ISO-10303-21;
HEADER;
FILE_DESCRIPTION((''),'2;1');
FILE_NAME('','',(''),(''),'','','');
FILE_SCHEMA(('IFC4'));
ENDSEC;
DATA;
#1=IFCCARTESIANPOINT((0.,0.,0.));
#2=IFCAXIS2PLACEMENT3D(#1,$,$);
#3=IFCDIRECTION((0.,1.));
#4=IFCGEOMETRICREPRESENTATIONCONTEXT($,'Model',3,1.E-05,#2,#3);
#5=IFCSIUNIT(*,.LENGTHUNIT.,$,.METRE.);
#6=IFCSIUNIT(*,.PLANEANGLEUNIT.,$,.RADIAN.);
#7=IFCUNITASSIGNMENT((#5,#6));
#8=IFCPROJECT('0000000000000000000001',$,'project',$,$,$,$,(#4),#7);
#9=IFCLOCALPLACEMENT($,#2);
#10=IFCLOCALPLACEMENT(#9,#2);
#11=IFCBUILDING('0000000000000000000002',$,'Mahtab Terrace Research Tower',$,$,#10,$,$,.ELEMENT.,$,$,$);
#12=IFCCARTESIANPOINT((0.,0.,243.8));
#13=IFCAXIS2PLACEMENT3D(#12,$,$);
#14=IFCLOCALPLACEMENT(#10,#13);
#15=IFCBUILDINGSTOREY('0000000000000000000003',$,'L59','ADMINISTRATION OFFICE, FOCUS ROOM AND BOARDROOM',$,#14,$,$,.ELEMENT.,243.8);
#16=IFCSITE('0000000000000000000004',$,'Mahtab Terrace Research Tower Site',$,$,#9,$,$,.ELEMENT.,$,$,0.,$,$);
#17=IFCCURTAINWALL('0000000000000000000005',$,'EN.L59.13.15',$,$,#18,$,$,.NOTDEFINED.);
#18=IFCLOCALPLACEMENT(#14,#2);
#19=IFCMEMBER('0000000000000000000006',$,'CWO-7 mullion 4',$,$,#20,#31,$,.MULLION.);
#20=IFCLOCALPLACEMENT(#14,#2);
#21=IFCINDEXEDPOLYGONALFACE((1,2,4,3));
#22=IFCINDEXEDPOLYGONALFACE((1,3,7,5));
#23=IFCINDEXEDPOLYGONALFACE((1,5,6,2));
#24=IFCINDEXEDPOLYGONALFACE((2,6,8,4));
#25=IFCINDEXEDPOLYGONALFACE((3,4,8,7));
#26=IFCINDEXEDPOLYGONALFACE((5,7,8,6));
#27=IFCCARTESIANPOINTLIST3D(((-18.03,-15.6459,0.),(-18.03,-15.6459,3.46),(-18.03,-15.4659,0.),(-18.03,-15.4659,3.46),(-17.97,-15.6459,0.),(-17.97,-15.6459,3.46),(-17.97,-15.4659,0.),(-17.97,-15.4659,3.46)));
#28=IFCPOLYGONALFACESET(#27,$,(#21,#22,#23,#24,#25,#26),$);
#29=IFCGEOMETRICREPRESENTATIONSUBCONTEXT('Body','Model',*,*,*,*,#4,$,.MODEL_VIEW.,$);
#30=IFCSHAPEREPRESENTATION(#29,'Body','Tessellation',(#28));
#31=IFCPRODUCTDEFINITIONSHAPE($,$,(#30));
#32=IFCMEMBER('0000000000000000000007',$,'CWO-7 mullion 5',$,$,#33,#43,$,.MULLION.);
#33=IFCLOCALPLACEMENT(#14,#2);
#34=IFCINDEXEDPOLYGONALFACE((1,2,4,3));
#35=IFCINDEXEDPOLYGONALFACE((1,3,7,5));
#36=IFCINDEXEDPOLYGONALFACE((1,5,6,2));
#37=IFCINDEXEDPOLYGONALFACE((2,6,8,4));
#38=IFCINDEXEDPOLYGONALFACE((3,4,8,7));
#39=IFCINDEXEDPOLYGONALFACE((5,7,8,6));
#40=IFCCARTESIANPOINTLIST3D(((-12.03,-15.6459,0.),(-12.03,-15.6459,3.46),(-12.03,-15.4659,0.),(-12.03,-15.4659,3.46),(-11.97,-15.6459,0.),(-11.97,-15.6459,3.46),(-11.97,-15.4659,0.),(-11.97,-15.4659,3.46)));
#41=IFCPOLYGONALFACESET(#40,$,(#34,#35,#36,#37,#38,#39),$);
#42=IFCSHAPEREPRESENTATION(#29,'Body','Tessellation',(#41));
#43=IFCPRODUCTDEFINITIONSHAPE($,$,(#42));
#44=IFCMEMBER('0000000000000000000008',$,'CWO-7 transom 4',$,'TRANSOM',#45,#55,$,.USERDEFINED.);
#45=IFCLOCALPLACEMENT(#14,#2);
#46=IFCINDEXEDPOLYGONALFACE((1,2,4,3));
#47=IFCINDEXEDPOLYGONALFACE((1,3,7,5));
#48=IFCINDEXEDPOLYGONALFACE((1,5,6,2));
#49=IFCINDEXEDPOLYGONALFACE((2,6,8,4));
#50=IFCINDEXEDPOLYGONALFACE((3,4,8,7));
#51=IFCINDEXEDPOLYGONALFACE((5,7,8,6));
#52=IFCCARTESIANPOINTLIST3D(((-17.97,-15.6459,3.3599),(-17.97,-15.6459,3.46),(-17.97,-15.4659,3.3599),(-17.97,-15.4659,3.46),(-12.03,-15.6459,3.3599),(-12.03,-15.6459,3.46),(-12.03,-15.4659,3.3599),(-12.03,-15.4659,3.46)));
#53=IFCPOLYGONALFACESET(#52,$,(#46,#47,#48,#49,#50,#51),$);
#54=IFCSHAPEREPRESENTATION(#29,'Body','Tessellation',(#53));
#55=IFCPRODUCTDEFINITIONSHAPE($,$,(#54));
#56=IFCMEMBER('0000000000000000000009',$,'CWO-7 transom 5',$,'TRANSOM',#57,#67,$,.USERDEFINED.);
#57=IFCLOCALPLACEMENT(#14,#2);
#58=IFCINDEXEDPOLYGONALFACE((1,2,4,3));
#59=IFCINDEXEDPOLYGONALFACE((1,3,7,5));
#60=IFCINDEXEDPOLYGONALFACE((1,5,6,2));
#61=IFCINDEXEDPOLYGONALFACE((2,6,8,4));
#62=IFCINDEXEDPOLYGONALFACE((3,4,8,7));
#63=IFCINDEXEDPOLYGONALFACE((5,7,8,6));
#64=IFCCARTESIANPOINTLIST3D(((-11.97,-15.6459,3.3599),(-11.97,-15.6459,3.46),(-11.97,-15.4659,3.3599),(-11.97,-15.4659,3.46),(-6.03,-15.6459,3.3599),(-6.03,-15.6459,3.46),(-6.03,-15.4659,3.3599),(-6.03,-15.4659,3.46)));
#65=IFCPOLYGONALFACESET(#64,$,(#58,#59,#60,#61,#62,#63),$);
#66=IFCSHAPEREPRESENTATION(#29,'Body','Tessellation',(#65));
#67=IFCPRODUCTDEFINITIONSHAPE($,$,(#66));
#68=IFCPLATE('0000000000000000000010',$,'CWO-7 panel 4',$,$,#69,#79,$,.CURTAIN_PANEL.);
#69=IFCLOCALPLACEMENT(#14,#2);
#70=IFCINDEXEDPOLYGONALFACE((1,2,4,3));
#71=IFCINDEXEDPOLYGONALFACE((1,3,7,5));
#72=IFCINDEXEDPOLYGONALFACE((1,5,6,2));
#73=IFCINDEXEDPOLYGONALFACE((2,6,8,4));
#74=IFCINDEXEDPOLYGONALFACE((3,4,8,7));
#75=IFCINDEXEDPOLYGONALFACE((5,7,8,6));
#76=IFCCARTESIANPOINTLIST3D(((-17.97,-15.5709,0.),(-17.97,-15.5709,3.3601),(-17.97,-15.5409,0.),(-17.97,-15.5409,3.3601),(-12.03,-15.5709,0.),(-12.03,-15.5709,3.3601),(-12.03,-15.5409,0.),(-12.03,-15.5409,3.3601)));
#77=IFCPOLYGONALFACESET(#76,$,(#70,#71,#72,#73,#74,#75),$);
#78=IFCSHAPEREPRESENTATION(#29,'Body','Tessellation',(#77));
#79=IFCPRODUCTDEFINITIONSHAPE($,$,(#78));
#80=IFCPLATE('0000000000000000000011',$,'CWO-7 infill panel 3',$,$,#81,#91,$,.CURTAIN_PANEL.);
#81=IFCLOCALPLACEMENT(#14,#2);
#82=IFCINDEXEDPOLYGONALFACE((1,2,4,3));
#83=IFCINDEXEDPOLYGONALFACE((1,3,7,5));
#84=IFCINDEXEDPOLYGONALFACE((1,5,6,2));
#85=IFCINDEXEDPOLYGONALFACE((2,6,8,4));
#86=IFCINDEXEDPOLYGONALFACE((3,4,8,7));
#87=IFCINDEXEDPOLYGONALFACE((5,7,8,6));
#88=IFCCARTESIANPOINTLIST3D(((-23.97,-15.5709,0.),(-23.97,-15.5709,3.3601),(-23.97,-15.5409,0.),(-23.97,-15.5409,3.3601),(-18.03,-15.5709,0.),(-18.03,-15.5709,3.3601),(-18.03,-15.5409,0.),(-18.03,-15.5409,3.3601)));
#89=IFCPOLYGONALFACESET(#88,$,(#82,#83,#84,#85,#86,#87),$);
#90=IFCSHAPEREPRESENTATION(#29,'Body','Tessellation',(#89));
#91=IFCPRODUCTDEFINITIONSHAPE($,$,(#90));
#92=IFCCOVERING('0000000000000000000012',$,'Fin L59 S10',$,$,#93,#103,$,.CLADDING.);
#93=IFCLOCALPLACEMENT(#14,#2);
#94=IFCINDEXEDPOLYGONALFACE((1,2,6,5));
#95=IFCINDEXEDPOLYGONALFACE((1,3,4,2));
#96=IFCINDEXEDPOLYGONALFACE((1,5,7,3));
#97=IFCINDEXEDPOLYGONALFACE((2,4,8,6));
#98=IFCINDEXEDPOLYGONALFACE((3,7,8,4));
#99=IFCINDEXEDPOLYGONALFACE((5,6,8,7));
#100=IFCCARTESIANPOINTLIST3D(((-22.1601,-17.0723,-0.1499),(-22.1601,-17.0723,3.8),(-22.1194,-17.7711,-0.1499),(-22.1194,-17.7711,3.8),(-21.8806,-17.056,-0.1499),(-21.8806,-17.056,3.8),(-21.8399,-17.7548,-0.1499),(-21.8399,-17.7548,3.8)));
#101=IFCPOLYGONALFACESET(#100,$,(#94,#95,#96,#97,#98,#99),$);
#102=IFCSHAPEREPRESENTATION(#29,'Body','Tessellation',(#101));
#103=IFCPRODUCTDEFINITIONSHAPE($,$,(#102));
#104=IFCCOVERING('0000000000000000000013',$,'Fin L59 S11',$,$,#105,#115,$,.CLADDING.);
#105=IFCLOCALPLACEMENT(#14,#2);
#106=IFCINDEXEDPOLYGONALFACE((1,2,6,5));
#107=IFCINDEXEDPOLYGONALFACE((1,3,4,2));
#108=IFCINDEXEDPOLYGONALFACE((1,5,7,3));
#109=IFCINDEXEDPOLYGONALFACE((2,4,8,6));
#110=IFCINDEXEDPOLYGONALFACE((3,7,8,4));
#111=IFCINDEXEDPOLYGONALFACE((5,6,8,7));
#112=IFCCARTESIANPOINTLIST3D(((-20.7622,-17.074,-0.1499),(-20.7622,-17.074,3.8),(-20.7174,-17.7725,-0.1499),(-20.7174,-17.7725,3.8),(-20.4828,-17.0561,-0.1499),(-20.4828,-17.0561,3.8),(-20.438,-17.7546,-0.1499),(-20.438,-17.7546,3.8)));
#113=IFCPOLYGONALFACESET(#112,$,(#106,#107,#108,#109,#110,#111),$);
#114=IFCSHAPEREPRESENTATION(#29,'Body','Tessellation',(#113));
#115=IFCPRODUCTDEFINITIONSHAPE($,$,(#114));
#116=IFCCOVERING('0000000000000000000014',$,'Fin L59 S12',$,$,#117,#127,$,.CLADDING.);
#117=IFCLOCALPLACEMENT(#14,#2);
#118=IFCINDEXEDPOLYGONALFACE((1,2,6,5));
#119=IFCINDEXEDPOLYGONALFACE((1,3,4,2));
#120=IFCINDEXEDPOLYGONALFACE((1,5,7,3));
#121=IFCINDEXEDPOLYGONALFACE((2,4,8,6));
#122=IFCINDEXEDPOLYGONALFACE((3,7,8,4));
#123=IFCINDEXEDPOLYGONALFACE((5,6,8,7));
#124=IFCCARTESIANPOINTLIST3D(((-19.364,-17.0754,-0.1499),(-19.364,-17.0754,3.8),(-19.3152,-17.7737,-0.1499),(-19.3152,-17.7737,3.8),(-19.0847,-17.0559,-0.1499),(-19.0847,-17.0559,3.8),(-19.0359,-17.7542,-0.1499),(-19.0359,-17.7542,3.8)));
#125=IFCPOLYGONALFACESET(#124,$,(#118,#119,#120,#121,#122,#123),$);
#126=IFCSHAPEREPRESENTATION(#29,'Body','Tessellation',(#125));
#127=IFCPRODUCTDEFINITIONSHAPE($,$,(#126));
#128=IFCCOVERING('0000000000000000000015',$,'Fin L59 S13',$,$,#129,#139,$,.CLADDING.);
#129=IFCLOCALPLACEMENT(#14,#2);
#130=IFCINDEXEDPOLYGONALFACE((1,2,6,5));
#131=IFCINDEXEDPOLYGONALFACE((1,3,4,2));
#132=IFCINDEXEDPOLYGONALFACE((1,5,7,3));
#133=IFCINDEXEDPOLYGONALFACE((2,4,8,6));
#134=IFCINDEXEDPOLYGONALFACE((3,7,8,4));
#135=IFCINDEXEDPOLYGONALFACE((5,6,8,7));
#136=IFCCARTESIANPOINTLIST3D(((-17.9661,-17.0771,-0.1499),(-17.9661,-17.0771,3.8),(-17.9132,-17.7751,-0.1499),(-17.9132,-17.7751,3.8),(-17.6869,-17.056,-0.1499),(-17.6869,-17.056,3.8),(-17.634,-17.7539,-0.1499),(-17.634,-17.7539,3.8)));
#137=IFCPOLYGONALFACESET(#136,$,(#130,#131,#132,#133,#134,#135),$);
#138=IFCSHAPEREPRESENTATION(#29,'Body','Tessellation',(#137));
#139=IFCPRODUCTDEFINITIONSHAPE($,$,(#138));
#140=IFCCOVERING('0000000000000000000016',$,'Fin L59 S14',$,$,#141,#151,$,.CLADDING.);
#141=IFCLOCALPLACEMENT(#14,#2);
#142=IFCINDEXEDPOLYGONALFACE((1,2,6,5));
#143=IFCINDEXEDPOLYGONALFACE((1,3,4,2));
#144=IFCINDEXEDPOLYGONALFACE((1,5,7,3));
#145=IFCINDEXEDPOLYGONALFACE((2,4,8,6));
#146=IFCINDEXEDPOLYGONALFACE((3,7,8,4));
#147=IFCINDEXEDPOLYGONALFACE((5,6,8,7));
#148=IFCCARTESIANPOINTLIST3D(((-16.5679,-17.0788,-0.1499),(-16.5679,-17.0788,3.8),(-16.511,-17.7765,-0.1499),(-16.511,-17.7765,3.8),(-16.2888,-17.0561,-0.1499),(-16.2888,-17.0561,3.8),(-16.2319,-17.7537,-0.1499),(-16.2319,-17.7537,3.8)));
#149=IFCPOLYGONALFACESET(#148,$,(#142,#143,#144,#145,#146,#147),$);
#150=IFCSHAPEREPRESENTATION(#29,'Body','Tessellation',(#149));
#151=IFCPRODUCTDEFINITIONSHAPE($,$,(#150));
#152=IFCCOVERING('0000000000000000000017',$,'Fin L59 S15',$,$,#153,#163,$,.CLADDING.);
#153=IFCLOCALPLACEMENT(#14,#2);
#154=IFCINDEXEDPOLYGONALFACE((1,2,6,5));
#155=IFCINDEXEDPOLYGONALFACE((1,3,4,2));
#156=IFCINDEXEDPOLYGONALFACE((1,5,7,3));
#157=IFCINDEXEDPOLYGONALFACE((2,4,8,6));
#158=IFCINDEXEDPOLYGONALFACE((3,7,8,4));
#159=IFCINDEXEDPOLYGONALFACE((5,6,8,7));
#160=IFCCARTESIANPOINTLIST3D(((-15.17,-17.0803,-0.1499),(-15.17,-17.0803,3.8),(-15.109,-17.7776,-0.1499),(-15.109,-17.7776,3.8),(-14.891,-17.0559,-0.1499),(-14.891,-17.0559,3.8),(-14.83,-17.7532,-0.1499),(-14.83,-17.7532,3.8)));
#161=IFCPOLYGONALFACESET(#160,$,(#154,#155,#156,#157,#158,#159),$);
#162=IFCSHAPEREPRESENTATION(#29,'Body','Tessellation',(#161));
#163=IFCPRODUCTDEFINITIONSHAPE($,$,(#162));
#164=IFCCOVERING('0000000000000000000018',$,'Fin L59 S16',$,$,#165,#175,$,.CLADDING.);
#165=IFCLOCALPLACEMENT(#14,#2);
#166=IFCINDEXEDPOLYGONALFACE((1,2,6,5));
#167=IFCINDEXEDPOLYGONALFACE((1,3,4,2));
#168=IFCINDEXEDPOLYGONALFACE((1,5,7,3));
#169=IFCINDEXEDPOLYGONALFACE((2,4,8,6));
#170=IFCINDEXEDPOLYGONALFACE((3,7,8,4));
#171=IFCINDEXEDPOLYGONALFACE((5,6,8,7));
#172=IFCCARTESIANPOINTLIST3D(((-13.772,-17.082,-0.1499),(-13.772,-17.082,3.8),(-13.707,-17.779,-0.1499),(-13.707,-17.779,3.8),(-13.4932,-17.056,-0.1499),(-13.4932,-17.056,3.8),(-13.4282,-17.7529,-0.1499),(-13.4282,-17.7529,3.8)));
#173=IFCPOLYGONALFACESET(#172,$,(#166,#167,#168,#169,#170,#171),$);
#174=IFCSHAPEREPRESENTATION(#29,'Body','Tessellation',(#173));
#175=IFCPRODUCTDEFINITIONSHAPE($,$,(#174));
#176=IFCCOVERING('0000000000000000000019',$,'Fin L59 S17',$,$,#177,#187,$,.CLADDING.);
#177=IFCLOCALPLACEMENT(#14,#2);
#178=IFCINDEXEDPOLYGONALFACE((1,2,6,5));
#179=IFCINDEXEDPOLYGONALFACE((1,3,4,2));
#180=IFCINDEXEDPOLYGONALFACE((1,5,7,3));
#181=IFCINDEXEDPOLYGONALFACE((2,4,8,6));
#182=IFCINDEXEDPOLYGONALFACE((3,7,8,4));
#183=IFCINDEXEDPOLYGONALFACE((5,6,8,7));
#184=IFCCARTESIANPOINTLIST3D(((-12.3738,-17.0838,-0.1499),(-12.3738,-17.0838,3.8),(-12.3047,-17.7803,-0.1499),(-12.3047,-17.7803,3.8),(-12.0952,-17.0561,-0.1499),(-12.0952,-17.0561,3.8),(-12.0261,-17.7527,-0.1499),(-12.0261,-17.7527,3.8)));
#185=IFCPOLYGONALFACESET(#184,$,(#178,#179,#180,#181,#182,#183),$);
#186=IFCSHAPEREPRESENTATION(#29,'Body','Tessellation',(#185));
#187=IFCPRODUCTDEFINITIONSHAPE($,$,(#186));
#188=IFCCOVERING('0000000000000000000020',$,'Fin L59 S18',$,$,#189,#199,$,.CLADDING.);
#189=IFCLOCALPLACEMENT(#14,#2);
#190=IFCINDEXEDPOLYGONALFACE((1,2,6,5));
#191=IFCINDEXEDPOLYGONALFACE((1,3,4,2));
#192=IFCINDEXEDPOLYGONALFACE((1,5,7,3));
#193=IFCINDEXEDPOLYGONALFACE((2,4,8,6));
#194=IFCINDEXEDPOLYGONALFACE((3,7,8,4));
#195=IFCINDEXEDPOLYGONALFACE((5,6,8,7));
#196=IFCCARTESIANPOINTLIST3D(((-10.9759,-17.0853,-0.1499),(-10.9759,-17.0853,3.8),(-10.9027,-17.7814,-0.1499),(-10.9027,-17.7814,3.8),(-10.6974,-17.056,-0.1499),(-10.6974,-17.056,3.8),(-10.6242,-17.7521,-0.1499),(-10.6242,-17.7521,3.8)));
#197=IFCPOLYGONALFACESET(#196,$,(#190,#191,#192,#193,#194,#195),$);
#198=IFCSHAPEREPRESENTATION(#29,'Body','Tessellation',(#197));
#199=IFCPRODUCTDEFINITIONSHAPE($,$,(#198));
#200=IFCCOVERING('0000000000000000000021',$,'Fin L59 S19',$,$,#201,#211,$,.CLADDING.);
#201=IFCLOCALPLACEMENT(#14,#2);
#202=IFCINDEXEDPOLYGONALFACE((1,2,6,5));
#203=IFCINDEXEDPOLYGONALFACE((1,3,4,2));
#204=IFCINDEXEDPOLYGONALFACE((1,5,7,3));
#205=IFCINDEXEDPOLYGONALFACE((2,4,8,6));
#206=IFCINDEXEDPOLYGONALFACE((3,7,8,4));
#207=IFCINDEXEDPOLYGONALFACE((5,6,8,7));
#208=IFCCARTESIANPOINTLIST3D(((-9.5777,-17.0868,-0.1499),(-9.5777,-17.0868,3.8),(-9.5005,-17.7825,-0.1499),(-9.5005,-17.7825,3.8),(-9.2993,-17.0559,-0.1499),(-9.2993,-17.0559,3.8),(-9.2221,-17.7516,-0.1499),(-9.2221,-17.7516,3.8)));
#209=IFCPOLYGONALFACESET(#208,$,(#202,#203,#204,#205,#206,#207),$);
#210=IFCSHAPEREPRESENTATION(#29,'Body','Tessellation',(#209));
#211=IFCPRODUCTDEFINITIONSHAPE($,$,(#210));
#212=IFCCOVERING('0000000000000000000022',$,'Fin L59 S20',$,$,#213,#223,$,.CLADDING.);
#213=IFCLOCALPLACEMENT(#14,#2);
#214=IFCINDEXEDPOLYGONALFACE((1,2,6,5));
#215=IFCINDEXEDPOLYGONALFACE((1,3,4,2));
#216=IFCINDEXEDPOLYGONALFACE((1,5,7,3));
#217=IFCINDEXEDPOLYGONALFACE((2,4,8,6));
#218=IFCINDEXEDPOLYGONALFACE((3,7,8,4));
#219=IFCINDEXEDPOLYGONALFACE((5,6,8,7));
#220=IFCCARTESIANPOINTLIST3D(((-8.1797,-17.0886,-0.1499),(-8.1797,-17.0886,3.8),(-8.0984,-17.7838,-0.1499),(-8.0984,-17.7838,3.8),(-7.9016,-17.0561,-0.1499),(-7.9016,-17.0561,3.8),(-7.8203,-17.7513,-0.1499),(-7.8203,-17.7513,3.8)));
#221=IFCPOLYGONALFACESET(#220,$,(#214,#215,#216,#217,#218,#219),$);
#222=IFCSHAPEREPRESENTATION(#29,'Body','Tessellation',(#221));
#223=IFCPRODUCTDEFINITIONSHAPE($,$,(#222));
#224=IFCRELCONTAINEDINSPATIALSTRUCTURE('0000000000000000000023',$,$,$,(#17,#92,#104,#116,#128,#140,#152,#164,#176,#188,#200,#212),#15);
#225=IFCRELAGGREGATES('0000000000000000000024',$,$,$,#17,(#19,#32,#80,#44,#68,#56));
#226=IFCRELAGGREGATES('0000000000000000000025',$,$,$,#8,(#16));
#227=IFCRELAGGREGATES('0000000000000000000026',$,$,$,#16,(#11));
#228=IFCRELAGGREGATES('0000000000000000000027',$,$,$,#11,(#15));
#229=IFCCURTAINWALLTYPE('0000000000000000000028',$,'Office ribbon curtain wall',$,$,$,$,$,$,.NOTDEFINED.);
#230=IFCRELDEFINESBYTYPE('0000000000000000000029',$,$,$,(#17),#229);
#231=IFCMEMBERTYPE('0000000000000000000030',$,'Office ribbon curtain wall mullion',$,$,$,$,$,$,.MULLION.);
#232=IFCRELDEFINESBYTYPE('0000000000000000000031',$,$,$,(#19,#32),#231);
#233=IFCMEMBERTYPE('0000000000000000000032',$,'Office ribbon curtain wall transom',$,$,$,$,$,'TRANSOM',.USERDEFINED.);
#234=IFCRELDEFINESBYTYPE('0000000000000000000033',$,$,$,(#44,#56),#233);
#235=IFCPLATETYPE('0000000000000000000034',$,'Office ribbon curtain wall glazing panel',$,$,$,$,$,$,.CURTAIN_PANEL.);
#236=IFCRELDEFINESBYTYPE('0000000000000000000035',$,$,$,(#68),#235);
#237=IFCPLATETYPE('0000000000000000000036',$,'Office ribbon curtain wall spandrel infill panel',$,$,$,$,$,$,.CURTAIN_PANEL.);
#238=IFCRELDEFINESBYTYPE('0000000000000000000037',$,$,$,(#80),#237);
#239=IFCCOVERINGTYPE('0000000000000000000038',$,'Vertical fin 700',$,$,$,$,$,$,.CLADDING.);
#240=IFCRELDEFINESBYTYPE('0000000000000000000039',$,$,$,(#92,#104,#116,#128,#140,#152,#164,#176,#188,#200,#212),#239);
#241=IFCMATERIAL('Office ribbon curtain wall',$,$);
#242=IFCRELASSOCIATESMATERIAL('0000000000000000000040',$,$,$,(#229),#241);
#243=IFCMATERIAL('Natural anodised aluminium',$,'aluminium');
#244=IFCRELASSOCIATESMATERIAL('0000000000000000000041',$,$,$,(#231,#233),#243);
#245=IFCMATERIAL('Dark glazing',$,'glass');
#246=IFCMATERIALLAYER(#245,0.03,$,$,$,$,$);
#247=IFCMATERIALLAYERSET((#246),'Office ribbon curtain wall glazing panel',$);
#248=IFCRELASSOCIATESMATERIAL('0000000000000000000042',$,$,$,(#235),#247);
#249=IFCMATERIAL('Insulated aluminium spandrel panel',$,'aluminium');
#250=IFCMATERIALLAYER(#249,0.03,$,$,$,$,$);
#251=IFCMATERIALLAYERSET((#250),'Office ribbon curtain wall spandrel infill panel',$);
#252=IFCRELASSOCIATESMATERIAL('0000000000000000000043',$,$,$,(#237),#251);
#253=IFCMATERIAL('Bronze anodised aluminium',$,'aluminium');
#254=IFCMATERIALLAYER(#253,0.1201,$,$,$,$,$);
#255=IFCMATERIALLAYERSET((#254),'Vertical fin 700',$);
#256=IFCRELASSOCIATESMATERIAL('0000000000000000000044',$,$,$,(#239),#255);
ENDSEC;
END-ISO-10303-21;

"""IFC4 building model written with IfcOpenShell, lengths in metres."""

from ifc_helpers import new_model, si_unit, direction, frame, origin, origin_2d, place, context, subcontext, project, spatial, rectangle, extrude, material, layer, layer_set, material_profile, profile_set, type_object, element, aggregate, save


model = new_model("IFC4")

# Units and contexts
model_context = context("Model", 3, precision=1e-05, world=origin(), true_north=direction((0.0, 1.0)))
body_context = subcontext(model_context, "Body", "Model", "MODEL_VIEW")
ifc_project = project(units=[si_unit("LENGTHUNIT", "METRE"), si_unit("PLANEANGLEUNIT", "RADIAN")], contexts=[model_context])

# Site, building, storey
site_placement = place(None, origin())
site = spatial("IfcSite", under=ifc_project, at=site_placement, Name="Mahtab Terrace Research Tower Site", CompositionType="ELEMENT", RefElevation=0.0)
building_placement = place(site_placement, origin())
building = spatial("IfcBuilding", under=site, at=building_placement, Name="Mahtab Terrace Research Tower", CompositionType="ELEMENT")
storey_placement = place(building_placement, frame((0.0, 0.0, 243.8)))
storey = spatial("IfcBuildingStorey", under=building, at=storey_placement, Name="L59", Description="ADMINISTRATION OFFICE, FOCUS ROOM AND BOARDROOM", CompositionType="ELEMENT", Elevation=243.8)

# Curtain wall, members, plates
ifc_material_1 = material(Name="Office ribbon curtain wall")
curtain_wall_type = type_object("IfcCurtainWallType", Name="Office ribbon curtain wall", PredefinedType="NOTDEFINED", material=ifc_material_1)
curtain_wall_placement = place(storey_placement, origin())
curtain_wall = element("IfcCurtainWall", 1, at=curtain_wall_placement, inside=storey, type_object=curtain_wall_type, Name="EN.L59.13.15", PredefinedType="NOTDEFINED")
ifc_material_2 = material(Name="Natural anodised aluminium", Category="aluminium")
ifc_material_profile_1 = material_profile(ifc_material_2, rectangle(XDim=0.1799, YDim=0.0601, at=origin_2d()), Name="MULLION 60x180")
ifc_profile_set_1 = profile_set([ifc_material_profile_1], Name="Natural anodised aluminium")
member_type_1 = type_object("IfcMemberType", Name="Office ribbon curtain wall mullion", PredefinedType="MULLION", material=ifc_profile_set_1)
member_1_placement = place(storey_placement, frame((-18.0, -15.5559, 0.0), z_axis=(0.0, 0.0, 1.0), x_axis=(0.0, 1.0, 0.0)))
member_1 = element("IfcMember", 2, at=member_1_placement, type_object=member_type_1, Name="CWO-7 mullion 4", PredefinedType="MULLION", context=body_context, shape_type="SweptSolid", body=[
    extrude(rectangle(XDim=0.1799, YDim=0.0601, at=origin_2d()), origin(), (0.0, 0.0, 1.0), 3.46),
])
member_2_placement = place(storey_placement, frame((-12.0, -15.5559, 0.0), z_axis=(0.0, 0.0, 1.0), x_axis=(0.0, 1.0, 0.0)))
member_2 = element("IfcMember", 3, at=member_2_placement, type_object=member_type_1, Name="CWO-7 mullion 5", PredefinedType="MULLION", context=body_context, shape_type="SweptSolid", body=[
    extrude(rectangle(XDim=0.1799, YDim=0.0601, at=origin_2d()), origin(), (0.0, 0.0, 1.0), 3.46),
])
ifc_material_profile_2 = material_profile(ifc_material_2, rectangle(XDim=0.1799, YDim=0.1001, at=origin_2d()), Name="TRANSOM 100x180")
ifc_profile_set_2 = profile_set([ifc_material_profile_2], Name="Natural anodised aluminium")
member_type_2 = type_object("IfcMemberType", Name="Office ribbon curtain wall transom", ElementType="TRANSOM", PredefinedType="USERDEFINED", material=ifc_profile_set_2)
member_3_placement = place(storey_placement, frame((-17.97, -15.5559, 3.4099), z_axis=(1.0, 0.0, 0.0), x_axis=(0.0, 1.0, 0.0)))
member_3 = element("IfcMember", 4, at=member_3_placement, type_object=member_type_2, Name="CWO-7 transom 4", ObjectType="TRANSOM", PredefinedType="USERDEFINED", context=body_context, shape_type="SweptSolid", body=[
    extrude(rectangle(XDim=0.1799, YDim=0.1001, at=origin_2d()), origin(), (0.0, 0.0, 1.0), 5.9399),
])
member_4_placement = place(storey_placement, frame((-11.97, -15.5559, 3.4099), z_axis=(1.0, 0.0, 0.0), x_axis=(0.0, 1.0, 0.0)))
member_4 = element("IfcMember", 5, at=member_4_placement, type_object=member_type_2, Name="CWO-7 transom 5", ObjectType="TRANSOM", PredefinedType="USERDEFINED", context=body_context, shape_type="SweptSolid", body=[
    extrude(rectangle(XDim=0.1799, YDim=0.1001, at=origin_2d()), origin(), (0.0, 0.0, 1.0), 5.9399),
])
ifc_material_3 = material(Name="Dark glazing", Category="glass")
ifc_layer_1 = layer(ifc_material_3, 0.03)
ifc_layer_set_1 = layer_set([ifc_layer_1], Name="Office ribbon curtain wall glazing panel")
plate_type_1 = type_object("IfcPlateType", Name="Office ribbon curtain wall glazing panel", PredefinedType="CURTAIN_PANEL", material=ifc_layer_set_1)
plate_1_placement = place(storey_placement, frame((-15.0, -15.5559, 0.0), z_axis=(0.0, 0.0, 1.0), x_axis=(1.0, 0.0, 0.0)))
plate_1 = element("IfcPlate", 6, at=plate_1_placement, type_object=plate_type_1, Name="CWO-7 panel 4", PredefinedType="CURTAIN_PANEL", context=body_context, shape_type="SweptSolid", body=[
    extrude(rectangle(XDim=5.9399, YDim=0.03, at=origin_2d()), origin(), (0.0, 0.0, 1.0), 3.3601),
])
ifc_material_4 = material(Name="Insulated aluminium spandrel panel", Category="aluminium")
ifc_layer_2 = layer(ifc_material_4, 0.03)
ifc_layer_set_2 = layer_set([ifc_layer_2], Name="Office ribbon curtain wall spandrel infill panel")
plate_type_2 = type_object("IfcPlateType", Name="Office ribbon curtain wall spandrel infill panel", PredefinedType="CURTAIN_PANEL", material=ifc_layer_set_2)
plate_2_placement = place(storey_placement, frame((-21.0, -15.5559, 0.0), z_axis=(0.0, 0.0, 1.0), x_axis=(1.0, 0.0, 0.0)))
plate_2 = element("IfcPlate", 7, at=plate_2_placement, type_object=plate_type_2, Name="CWO-7 infill panel 3", PredefinedType="CURTAIN_PANEL", context=body_context, shape_type="SweptSolid", body=[
    extrude(rectangle(XDim=5.9399, YDim=0.03, at=origin_2d()), origin(), (0.0, 0.0, 1.0), 3.3601),
])
aggregate(curtain_wall, [member_1, member_2, plate_2, member_3, plate_1, member_4])

# Coverings
ifc_material_5 = material(Name="Bronze anodised aluminium", Category="aluminium")
ifc_layer_3 = layer(ifc_material_5, 0.1201)
ifc_layer_set_3 = layer_set([ifc_layer_3], Name="Vertical fin 700")
covering_type = type_object("IfcCoveringType", Name="Vertical fin 700", PredefinedType="CLADDING", material=ifc_layer_set_3)
for number, where, z_axis, x_axis, name in (
    (8, (-22.0, -17.4136, -0.1499), (0.0, 0.0, 1.0), (0.998308, 0.058145, 0.0), "Fin L59 S10"),
    (9, (-20.6001, -17.4143, -0.1499), (0.0, 0.0, 1.0), (0.997953, 0.063952, 0.0), "Fin L59 S11"),
    (10, (-19.2, -17.4148, -0.1499), (0.0, 0.0, 1.0), (0.997564, 0.069756, 0.0), "Fin L59 S12"),
    (11, (-17.8, -17.4155, -0.1499), (0.0, 0.0, 1.0), (0.997141, 0.075559, 0.0), "Fin L59 S13"),
    (12, (-16.3999, -17.4163, -0.1499), (0.0, 0.0, 1.0), (0.996685, 0.081359, 0.0), "Fin L59 S14"),
    (13, (-15.0, -17.4167, -0.1499), (0.0, 0.0, 1.0), (0.996195, 0.087156, 0.0), "Fin L59 S15"),
    (14, (-13.6001, -17.4175, -0.1499), (0.0, 0.0, 1.0), (0.995671, 0.09295, 0.0), "Fin L59 S16"),
    (15, (-12.2, -17.4182, -0.1499), (0.0, 0.0, 1.0), (0.995113, 0.098741, 0.0), "Fin L59 S17"),
    (16, (-10.8, -17.4187, -0.1499), (0.0, 0.0, 1.0), (0.994522, 0.104528, 0.0), "Fin L59 S18"),
    (17, (-9.3999, -17.4192, -0.1499), (0.0, 0.0, 1.0), (0.993897, 0.110313, 0.0), "Fin L59 S19"),
    (18, (-8.0, -17.4199, -0.1499), (0.0, 0.0, 1.0), (0.993238, 0.116093, 0.0), "Fin L59 S20"),
):
    element("IfcCovering", number, at=place(storey_placement, frame(where, z_axis=z_axis, x_axis=x_axis)), inside=storey, type_object=covering_type, Name=name, PredefinedType="CLADDING", context=body_context, shape_type="SweptSolid", body=[
        extrude(rectangle(XDim=0.28, YDim=0.7, at=origin_2d()), origin(), (0.0, 0.0, 1.0), 3.95),
    ])

save(model, "model.ifc")
